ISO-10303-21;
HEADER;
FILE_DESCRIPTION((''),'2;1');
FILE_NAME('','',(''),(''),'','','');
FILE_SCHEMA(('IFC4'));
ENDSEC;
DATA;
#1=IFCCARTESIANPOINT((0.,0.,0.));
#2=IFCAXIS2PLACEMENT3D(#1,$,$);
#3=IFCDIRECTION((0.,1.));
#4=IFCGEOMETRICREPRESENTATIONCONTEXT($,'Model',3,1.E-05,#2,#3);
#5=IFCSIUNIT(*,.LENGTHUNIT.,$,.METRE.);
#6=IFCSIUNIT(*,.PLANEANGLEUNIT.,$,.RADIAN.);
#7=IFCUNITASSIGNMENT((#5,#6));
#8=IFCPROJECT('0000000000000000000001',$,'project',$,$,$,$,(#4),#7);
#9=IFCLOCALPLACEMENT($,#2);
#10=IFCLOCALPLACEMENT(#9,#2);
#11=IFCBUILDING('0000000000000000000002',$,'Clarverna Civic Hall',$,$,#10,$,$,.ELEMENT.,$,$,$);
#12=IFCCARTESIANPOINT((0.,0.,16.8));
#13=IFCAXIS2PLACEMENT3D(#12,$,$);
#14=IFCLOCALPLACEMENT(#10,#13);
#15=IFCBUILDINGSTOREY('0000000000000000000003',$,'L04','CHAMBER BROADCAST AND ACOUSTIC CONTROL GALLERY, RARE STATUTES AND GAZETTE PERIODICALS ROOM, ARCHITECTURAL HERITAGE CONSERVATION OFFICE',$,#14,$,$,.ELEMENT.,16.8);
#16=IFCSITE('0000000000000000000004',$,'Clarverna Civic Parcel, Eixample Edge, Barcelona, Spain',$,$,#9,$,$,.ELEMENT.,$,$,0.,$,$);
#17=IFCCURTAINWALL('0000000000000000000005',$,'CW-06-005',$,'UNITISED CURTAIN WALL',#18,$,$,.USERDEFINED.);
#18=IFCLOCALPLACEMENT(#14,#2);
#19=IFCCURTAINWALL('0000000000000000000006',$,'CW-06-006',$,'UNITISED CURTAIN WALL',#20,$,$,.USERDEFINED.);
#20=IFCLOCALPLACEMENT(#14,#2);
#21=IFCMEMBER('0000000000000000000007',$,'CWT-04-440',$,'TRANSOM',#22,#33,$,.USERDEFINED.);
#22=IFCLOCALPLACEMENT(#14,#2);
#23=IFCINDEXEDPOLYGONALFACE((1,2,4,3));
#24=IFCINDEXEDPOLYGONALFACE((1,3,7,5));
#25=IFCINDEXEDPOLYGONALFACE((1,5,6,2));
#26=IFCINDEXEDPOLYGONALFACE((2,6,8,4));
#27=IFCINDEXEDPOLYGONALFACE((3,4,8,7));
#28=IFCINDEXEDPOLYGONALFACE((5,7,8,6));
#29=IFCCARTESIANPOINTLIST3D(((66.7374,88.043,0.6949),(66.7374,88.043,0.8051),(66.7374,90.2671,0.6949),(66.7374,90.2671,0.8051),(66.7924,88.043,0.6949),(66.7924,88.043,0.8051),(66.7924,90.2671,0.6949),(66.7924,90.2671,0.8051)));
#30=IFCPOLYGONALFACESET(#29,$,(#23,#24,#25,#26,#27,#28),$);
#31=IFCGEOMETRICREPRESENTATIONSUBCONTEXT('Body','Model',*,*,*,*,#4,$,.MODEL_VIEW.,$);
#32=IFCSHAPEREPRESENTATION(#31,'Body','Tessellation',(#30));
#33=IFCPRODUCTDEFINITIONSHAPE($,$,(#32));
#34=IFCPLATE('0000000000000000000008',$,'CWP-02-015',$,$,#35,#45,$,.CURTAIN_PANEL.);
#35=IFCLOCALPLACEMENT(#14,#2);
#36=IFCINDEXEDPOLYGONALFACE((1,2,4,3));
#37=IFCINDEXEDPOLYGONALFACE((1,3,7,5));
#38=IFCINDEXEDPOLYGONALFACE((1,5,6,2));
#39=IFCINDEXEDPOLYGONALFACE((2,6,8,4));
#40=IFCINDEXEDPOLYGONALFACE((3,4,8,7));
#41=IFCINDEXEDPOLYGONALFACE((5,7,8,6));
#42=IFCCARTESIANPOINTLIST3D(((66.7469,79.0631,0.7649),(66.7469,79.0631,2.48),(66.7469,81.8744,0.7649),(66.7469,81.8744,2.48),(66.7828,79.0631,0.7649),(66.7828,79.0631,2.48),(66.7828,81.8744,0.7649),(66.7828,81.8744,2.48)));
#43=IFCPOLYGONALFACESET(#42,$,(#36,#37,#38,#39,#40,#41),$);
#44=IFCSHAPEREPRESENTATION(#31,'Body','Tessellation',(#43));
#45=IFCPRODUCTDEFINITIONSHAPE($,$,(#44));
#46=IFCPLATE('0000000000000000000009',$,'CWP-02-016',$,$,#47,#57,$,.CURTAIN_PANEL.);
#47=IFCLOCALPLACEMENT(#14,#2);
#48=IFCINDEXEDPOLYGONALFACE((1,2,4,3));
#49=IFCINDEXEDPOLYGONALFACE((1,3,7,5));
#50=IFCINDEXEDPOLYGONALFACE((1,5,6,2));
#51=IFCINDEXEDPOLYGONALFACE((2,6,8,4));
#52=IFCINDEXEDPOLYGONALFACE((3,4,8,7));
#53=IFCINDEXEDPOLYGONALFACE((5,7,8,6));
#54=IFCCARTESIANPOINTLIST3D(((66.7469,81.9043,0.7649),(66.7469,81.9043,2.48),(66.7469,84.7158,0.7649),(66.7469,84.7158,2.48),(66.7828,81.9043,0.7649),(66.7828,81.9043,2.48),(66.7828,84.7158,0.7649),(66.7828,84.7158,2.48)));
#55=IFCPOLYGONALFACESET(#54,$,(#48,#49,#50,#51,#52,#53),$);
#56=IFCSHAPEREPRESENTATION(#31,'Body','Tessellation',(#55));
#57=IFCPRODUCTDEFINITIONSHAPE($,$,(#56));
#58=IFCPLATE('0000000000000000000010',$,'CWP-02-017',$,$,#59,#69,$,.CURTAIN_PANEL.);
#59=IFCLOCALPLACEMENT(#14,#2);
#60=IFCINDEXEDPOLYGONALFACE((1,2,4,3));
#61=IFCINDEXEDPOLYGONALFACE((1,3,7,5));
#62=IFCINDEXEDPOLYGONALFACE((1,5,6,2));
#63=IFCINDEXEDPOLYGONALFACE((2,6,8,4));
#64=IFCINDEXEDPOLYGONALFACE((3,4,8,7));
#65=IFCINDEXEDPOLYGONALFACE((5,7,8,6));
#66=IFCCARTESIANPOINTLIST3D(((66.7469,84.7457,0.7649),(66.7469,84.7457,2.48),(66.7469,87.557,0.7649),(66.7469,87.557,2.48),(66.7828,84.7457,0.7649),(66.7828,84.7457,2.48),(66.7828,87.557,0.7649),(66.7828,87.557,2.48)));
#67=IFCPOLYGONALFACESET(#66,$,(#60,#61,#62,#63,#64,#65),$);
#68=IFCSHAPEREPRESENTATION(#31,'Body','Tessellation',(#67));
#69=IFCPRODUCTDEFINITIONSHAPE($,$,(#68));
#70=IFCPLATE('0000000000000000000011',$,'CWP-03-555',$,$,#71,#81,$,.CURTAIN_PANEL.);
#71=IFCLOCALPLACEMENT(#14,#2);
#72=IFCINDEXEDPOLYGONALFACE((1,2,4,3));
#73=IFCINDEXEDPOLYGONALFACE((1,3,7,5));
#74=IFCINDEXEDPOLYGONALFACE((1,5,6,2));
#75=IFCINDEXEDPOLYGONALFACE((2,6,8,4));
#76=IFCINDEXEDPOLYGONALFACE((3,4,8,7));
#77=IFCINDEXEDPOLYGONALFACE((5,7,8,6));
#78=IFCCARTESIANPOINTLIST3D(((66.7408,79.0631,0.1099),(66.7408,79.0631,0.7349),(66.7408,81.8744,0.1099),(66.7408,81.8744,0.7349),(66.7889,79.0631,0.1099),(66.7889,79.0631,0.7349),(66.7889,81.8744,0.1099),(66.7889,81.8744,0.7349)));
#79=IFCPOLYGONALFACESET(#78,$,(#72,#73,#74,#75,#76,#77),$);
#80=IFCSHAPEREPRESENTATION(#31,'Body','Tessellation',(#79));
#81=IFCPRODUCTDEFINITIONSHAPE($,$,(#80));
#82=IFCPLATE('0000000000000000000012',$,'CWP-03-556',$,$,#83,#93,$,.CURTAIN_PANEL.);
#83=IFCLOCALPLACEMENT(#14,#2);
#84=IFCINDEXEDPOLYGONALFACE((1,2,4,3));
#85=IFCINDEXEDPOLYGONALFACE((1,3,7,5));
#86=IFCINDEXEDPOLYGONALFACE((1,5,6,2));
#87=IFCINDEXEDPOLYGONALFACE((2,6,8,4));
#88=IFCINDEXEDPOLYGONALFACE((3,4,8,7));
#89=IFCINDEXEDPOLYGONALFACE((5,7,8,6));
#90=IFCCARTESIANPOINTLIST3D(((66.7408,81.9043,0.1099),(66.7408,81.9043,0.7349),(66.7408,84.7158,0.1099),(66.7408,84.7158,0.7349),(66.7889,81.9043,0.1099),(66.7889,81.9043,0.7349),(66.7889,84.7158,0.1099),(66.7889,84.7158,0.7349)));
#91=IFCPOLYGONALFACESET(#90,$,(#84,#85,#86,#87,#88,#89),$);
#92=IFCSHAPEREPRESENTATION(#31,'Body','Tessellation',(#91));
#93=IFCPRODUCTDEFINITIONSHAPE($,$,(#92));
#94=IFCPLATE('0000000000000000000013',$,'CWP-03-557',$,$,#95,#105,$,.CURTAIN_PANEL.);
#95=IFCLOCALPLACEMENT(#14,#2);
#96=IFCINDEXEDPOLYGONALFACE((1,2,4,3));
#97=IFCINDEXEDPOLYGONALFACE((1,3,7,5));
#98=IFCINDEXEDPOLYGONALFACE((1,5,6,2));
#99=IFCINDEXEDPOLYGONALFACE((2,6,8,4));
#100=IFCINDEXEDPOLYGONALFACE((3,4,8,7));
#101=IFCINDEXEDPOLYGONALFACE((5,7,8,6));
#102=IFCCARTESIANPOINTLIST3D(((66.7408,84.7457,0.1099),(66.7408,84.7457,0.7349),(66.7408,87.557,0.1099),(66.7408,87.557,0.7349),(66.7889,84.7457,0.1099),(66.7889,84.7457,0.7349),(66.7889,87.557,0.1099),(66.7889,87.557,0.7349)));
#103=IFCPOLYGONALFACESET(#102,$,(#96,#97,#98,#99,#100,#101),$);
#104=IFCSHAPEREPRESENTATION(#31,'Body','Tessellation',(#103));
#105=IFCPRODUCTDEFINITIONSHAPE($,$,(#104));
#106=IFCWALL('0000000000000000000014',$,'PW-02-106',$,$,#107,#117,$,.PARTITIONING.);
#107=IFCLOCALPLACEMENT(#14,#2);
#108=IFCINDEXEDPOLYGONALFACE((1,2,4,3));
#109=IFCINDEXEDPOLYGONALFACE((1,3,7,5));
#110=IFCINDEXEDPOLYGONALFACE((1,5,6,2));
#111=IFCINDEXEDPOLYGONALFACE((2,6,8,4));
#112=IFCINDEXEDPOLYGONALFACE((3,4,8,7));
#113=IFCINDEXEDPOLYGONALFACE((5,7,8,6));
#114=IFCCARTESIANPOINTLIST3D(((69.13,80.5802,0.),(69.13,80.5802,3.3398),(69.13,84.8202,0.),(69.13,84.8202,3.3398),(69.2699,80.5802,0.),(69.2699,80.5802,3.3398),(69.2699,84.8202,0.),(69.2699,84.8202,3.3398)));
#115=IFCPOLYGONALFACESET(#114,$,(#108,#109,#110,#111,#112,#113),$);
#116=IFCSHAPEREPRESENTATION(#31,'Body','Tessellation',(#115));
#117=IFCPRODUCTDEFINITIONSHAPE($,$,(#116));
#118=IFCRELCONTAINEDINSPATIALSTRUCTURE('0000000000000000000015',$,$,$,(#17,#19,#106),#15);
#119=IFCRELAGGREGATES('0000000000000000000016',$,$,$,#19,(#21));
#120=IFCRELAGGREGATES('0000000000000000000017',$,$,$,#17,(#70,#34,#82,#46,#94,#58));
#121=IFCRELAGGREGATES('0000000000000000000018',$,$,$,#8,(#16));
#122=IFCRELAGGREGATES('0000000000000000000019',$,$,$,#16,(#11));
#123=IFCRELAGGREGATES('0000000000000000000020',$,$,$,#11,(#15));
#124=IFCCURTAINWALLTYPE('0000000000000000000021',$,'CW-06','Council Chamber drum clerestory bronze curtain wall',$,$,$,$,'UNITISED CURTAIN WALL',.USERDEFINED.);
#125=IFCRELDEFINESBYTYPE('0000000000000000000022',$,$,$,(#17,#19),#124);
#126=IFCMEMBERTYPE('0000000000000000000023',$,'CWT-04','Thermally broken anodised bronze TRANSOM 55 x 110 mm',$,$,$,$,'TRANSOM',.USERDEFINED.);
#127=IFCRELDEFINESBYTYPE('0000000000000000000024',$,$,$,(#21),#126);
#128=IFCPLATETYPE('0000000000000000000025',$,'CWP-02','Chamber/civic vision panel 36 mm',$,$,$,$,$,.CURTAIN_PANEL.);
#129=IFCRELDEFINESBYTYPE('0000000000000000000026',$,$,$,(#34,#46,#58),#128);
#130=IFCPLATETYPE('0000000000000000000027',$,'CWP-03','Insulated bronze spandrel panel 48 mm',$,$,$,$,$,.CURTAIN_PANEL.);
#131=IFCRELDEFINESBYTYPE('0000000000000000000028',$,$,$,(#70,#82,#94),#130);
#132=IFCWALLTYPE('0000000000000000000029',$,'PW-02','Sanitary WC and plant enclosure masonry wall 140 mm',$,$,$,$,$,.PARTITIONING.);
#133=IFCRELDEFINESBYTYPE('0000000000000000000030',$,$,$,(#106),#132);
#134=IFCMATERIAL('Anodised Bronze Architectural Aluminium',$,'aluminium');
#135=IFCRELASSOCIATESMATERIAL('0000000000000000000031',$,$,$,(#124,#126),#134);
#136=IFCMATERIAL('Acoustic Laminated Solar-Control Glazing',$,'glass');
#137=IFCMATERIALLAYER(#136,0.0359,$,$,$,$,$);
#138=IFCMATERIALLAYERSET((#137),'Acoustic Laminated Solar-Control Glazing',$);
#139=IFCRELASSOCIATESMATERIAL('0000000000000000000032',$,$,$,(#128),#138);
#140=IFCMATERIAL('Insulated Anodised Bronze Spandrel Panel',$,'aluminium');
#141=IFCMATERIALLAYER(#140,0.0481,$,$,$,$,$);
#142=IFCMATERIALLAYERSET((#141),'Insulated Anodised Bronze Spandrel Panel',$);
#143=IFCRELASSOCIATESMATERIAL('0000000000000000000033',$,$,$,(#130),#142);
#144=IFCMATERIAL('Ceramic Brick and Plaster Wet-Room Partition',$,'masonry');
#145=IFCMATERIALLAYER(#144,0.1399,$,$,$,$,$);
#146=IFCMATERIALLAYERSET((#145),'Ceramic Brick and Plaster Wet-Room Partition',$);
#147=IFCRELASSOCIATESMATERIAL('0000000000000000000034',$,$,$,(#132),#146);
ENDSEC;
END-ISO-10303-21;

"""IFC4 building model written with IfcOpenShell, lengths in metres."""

from ifc_helpers import new_model, si_unit, direction, frame, frame_2d, origin, origin_2d, place, context, subcontext, project, spatial, rectangle, extrude, material, layer, layer_set, material_profile, profile_set, type_object, element, aggregate, save


model = new_model("IFC4")

# Units and contexts
model_context = context("Model", 3, precision=1e-05, world=origin(), true_north=direction((0.0, 1.0)))
body_context = subcontext(model_context, "Body", "Model", "MODEL_VIEW")
ifc_project = project(units=[si_unit("LENGTHUNIT", "METRE"), si_unit("PLANEANGLEUNIT", "RADIAN")], contexts=[model_context])

# Site, building, storey
site_placement = place(None, origin())
site = spatial("IfcSite", under=ifc_project, at=site_placement, Name="Clarverna Civic Parcel, Eixample Edge, Barcelona, Spain", CompositionType="ELEMENT", RefElevation=0.0)
building_placement = place(site_placement, origin())
building = spatial("IfcBuilding", under=site, at=building_placement, Name="Clarverna Civic Hall", CompositionType="ELEMENT")
storey_placement = place(building_placement, frame((0.0, 0.0, 16.8)))
storey = spatial("IfcBuildingStorey", under=building, at=storey_placement, Name="L04", Description="CHAMBER BROADCAST AND ACOUSTIC CONTROL GALLERY, RARE STATUTES AND GAZETTE PERIODICALS ROOM, ARCHITECTURAL HERITAGE CONSERVATION OFFICE", CompositionType="ELEMENT", Elevation=16.8)

# Curtain wall
ifc_material_1 = material(Name="Anodised Bronze Architectural Aluminium", Category="aluminium")
curtain_wall_type = type_object("IfcCurtainWallType", Name="CW-06", Description="Council Chamber drum clerestory bronze curtain wall", ElementType="UNITISED CURTAIN WALL", PredefinedType="USERDEFINED", material=ifc_material_1)
curtain_wall_1_placement = place(storey_placement, origin())
curtain_wall_1 = element("IfcCurtainWall", 1, at=curtain_wall_1_placement, inside=storey, type_object=curtain_wall_type, Name="CW-06-005", ObjectType="UNITISED CURTAIN WALL", PredefinedType="USERDEFINED")

# Curtain wall
curtain_wall_2_placement = place(storey_placement, origin())
curtain_wall_2 = element("IfcCurtainWall", 2, at=curtain_wall_2_placement, inside=storey, type_object=curtain_wall_type, Name="CW-06-006", ObjectType="UNITISED CURTAIN WALL", PredefinedType="USERDEFINED")

# Member
ifc_material_profile_1 = material_profile(ifc_material_1, rectangle(XDim=0.0549, YDim=0.1101, at=origin_2d()), Name="BRONZE 55x110")
ifc_profile_set_1 = profile_set([ifc_material_profile_1], Name="Anodised Bronze Architectural Aluminium")
member_type_1 = type_object("IfcMemberType", Name="CWT-04", Description="Thermally broken anodised bronze TRANSOM 55 x 110 mm", ElementType="TRANSOM", PredefinedType="USERDEFINED", material=ifc_profile_set_1)
member_1_placement = place(storey_placement, frame((66.7649, 88.043, 0.75), z_axis=(0.0, 1.0, 0.0), x_axis=(-1.0, 0.0, 0.0)))
member_1 = element("IfcMember", 3, at=member_1_placement, type_object=member_type_1, Name="CWT-04-440", ObjectType="TRANSOM", PredefinedType="USERDEFINED", context=body_context, shape_type="SweptSolid", body=[
    extrude(rectangle(XDim=0.0549, YDim=0.1101, at=origin_2d()), origin(), (0.0, 0.0, 1.0), 2.2241),
])
aggregate(curtain_wall_2, [member_1])

# Plates
ifc_material_2 = material(Name="Acoustic Laminated Solar-Control Glazing", Category="glass")
ifc_layer_1 = layer(ifc_material_2, 0.0359)
ifc_layer_set_1 = layer_set([ifc_layer_1], Name="Acoustic Laminated Solar-Control Glazing")
plate_type_1 = type_object("IfcPlateType", Name="CWP-02", Description="Chamber/civic vision panel 36 mm", PredefinedType="CURTAIN_PANEL", material=ifc_layer_set_1)
plate_1_placement = place(storey_placement, frame((66.7649, 79.063, 0.7649), z_axis=(0.0, 0.0, 1.0), x_axis=(0.0, 1.0, 0.0)))
plate_1 = element("IfcPlate", 4, at=plate_1_placement, type_object=plate_type_1, Name="CWP-02-015", PredefinedType="CURTAIN_PANEL", context=body_context, shape_type="SweptSolid", body=[
    extrude(rectangle(XDim=2.8113, YDim=0.0359, at=frame_2d((1.4058, 0.0))), origin(), (0.0, 0.0, 1.0), 1.7151),
])
plate_2_placement = place(storey_placement, frame((66.7649, 81.9043, 0.7649), z_axis=(0.0, 0.0, 1.0), x_axis=(0.0, 1.0, 0.0)))
plate_2 = element("IfcPlate", 5, at=plate_2_placement, type_object=plate_type_1, Name="CWP-02-016", PredefinedType="CURTAIN_PANEL", context=body_context, shape_type="SweptSolid", body=[
    extrude(rectangle(XDim=2.8115, YDim=0.0359, at=frame_2d((1.4058, 0.0))), origin(), (0.0, 0.0, 1.0), 1.7151),
])
plate_3_placement = place(storey_placement, frame((66.7649, 84.7456, 0.7649), z_axis=(0.0, 0.0, 1.0), x_axis=(0.0, 1.0, 0.0)))
plate_3 = element("IfcPlate", 6, at=plate_3_placement, type_object=plate_type_1, Name="CWP-02-017", PredefinedType="CURTAIN_PANEL", context=body_context, shape_type="SweptSolid", body=[
    extrude(rectangle(XDim=2.8113, YDim=0.0359, at=frame_2d((1.4058, 0.0))), origin(), (0.0, 0.0, 1.0), 1.7151),
])
ifc_material_3 = material(Name="Insulated Anodised Bronze Spandrel Panel", Category="aluminium")
ifc_layer_2 = layer(ifc_material_3, 0.0481)
ifc_layer_set_2 = layer_set([ifc_layer_2], Name="Insulated Anodised Bronze Spandrel Panel")
plate_type_2 = type_object("IfcPlateType", Name="CWP-03", Description="Insulated bronze spandrel panel 48 mm", PredefinedType="CURTAIN_PANEL", material=ifc_layer_set_2)
plate_4_placement = place(storey_placement, frame((66.7649, 79.063, 0.1099), z_axis=(0.0, 0.0, 1.0), x_axis=(0.0, 1.0, 0.0)))
plate_4 = element("IfcPlate", 7, at=plate_4_placement, type_object=plate_type_2, Name="CWP-03-555", PredefinedType="CURTAIN_PANEL", context=body_context, shape_type="SweptSolid", body=[
    extrude(rectangle(XDim=2.8113, YDim=0.0481, at=frame_2d((1.4058, 0.0))), origin(), (0.0, 0.0, 1.0), 0.625),
])
plate_5_placement = place(storey_placement, frame((66.7649, 81.9043, 0.1099), z_axis=(0.0, 0.0, 1.0), x_axis=(0.0, 1.0, 0.0)))
plate_5 = element("IfcPlate", 8, at=plate_5_placement, type_object=plate_type_2, Name="CWP-03-556", PredefinedType="CURTAIN_PANEL", context=body_context, shape_type="SweptSolid", body=[
    extrude(rectangle(XDim=2.8115, YDim=0.0481, at=frame_2d((1.4058, 0.0))), origin(), (0.0, 0.0, 1.0), 0.625),
])
plate_6_placement = place(storey_placement, frame((66.7649, 84.7456, 0.1099), z_axis=(0.0, 0.0, 1.0), x_axis=(0.0, 1.0, 0.0)))
plate_6 = element("IfcPlate", 9, at=plate_6_placement, type_object=plate_type_2, Name="CWP-03-557", PredefinedType="CURTAIN_PANEL", context=body_context, shape_type="SweptSolid", body=[
    extrude(rectangle(XDim=2.8113, YDim=0.0481, at=frame_2d((1.4058, 0.0))), origin(), (0.0, 0.0, 1.0), 0.625),
])
aggregate(curtain_wall_1, [plate_4, plate_1, plate_5, plate_2, plate_6, plate_3])

# Wall
ifc_material_4 = material(Name="Ceramic Brick and Plaster Wet-Room Partition", Category="masonry")
ifc_layer_3 = layer(ifc_material_4, 0.1399)
ifc_layer_set_3 = layer_set([ifc_layer_3], Name="Ceramic Brick and Plaster Wet-Room Partition")
wall_type = type_object("IfcWallType", Name="PW-02", Description="Sanitary WC and plant enclosure masonry wall 140 mm", PredefinedType="PARTITIONING", material=ifc_layer_set_3)
wall_placement = place(storey_placement, frame((69.2, 80.5801, 0.0), z_axis=(0.0, 0.0, 1.0), x_axis=(0.0, 1.0, 0.0)))
element("IfcWall", 10, at=wall_placement, inside=storey, type_object=wall_type, Name="PW-02-106", PredefinedType="PARTITIONING", context=body_context, shape_type="SweptSolid", body=[
    extrude(rectangle(XDim=4.24, YDim=0.1399, at=frame_2d((2.1201, 0.0))), origin(), (0.0, 0.0, 1.0), 3.3398),
])

save(model, "model.ifc")
